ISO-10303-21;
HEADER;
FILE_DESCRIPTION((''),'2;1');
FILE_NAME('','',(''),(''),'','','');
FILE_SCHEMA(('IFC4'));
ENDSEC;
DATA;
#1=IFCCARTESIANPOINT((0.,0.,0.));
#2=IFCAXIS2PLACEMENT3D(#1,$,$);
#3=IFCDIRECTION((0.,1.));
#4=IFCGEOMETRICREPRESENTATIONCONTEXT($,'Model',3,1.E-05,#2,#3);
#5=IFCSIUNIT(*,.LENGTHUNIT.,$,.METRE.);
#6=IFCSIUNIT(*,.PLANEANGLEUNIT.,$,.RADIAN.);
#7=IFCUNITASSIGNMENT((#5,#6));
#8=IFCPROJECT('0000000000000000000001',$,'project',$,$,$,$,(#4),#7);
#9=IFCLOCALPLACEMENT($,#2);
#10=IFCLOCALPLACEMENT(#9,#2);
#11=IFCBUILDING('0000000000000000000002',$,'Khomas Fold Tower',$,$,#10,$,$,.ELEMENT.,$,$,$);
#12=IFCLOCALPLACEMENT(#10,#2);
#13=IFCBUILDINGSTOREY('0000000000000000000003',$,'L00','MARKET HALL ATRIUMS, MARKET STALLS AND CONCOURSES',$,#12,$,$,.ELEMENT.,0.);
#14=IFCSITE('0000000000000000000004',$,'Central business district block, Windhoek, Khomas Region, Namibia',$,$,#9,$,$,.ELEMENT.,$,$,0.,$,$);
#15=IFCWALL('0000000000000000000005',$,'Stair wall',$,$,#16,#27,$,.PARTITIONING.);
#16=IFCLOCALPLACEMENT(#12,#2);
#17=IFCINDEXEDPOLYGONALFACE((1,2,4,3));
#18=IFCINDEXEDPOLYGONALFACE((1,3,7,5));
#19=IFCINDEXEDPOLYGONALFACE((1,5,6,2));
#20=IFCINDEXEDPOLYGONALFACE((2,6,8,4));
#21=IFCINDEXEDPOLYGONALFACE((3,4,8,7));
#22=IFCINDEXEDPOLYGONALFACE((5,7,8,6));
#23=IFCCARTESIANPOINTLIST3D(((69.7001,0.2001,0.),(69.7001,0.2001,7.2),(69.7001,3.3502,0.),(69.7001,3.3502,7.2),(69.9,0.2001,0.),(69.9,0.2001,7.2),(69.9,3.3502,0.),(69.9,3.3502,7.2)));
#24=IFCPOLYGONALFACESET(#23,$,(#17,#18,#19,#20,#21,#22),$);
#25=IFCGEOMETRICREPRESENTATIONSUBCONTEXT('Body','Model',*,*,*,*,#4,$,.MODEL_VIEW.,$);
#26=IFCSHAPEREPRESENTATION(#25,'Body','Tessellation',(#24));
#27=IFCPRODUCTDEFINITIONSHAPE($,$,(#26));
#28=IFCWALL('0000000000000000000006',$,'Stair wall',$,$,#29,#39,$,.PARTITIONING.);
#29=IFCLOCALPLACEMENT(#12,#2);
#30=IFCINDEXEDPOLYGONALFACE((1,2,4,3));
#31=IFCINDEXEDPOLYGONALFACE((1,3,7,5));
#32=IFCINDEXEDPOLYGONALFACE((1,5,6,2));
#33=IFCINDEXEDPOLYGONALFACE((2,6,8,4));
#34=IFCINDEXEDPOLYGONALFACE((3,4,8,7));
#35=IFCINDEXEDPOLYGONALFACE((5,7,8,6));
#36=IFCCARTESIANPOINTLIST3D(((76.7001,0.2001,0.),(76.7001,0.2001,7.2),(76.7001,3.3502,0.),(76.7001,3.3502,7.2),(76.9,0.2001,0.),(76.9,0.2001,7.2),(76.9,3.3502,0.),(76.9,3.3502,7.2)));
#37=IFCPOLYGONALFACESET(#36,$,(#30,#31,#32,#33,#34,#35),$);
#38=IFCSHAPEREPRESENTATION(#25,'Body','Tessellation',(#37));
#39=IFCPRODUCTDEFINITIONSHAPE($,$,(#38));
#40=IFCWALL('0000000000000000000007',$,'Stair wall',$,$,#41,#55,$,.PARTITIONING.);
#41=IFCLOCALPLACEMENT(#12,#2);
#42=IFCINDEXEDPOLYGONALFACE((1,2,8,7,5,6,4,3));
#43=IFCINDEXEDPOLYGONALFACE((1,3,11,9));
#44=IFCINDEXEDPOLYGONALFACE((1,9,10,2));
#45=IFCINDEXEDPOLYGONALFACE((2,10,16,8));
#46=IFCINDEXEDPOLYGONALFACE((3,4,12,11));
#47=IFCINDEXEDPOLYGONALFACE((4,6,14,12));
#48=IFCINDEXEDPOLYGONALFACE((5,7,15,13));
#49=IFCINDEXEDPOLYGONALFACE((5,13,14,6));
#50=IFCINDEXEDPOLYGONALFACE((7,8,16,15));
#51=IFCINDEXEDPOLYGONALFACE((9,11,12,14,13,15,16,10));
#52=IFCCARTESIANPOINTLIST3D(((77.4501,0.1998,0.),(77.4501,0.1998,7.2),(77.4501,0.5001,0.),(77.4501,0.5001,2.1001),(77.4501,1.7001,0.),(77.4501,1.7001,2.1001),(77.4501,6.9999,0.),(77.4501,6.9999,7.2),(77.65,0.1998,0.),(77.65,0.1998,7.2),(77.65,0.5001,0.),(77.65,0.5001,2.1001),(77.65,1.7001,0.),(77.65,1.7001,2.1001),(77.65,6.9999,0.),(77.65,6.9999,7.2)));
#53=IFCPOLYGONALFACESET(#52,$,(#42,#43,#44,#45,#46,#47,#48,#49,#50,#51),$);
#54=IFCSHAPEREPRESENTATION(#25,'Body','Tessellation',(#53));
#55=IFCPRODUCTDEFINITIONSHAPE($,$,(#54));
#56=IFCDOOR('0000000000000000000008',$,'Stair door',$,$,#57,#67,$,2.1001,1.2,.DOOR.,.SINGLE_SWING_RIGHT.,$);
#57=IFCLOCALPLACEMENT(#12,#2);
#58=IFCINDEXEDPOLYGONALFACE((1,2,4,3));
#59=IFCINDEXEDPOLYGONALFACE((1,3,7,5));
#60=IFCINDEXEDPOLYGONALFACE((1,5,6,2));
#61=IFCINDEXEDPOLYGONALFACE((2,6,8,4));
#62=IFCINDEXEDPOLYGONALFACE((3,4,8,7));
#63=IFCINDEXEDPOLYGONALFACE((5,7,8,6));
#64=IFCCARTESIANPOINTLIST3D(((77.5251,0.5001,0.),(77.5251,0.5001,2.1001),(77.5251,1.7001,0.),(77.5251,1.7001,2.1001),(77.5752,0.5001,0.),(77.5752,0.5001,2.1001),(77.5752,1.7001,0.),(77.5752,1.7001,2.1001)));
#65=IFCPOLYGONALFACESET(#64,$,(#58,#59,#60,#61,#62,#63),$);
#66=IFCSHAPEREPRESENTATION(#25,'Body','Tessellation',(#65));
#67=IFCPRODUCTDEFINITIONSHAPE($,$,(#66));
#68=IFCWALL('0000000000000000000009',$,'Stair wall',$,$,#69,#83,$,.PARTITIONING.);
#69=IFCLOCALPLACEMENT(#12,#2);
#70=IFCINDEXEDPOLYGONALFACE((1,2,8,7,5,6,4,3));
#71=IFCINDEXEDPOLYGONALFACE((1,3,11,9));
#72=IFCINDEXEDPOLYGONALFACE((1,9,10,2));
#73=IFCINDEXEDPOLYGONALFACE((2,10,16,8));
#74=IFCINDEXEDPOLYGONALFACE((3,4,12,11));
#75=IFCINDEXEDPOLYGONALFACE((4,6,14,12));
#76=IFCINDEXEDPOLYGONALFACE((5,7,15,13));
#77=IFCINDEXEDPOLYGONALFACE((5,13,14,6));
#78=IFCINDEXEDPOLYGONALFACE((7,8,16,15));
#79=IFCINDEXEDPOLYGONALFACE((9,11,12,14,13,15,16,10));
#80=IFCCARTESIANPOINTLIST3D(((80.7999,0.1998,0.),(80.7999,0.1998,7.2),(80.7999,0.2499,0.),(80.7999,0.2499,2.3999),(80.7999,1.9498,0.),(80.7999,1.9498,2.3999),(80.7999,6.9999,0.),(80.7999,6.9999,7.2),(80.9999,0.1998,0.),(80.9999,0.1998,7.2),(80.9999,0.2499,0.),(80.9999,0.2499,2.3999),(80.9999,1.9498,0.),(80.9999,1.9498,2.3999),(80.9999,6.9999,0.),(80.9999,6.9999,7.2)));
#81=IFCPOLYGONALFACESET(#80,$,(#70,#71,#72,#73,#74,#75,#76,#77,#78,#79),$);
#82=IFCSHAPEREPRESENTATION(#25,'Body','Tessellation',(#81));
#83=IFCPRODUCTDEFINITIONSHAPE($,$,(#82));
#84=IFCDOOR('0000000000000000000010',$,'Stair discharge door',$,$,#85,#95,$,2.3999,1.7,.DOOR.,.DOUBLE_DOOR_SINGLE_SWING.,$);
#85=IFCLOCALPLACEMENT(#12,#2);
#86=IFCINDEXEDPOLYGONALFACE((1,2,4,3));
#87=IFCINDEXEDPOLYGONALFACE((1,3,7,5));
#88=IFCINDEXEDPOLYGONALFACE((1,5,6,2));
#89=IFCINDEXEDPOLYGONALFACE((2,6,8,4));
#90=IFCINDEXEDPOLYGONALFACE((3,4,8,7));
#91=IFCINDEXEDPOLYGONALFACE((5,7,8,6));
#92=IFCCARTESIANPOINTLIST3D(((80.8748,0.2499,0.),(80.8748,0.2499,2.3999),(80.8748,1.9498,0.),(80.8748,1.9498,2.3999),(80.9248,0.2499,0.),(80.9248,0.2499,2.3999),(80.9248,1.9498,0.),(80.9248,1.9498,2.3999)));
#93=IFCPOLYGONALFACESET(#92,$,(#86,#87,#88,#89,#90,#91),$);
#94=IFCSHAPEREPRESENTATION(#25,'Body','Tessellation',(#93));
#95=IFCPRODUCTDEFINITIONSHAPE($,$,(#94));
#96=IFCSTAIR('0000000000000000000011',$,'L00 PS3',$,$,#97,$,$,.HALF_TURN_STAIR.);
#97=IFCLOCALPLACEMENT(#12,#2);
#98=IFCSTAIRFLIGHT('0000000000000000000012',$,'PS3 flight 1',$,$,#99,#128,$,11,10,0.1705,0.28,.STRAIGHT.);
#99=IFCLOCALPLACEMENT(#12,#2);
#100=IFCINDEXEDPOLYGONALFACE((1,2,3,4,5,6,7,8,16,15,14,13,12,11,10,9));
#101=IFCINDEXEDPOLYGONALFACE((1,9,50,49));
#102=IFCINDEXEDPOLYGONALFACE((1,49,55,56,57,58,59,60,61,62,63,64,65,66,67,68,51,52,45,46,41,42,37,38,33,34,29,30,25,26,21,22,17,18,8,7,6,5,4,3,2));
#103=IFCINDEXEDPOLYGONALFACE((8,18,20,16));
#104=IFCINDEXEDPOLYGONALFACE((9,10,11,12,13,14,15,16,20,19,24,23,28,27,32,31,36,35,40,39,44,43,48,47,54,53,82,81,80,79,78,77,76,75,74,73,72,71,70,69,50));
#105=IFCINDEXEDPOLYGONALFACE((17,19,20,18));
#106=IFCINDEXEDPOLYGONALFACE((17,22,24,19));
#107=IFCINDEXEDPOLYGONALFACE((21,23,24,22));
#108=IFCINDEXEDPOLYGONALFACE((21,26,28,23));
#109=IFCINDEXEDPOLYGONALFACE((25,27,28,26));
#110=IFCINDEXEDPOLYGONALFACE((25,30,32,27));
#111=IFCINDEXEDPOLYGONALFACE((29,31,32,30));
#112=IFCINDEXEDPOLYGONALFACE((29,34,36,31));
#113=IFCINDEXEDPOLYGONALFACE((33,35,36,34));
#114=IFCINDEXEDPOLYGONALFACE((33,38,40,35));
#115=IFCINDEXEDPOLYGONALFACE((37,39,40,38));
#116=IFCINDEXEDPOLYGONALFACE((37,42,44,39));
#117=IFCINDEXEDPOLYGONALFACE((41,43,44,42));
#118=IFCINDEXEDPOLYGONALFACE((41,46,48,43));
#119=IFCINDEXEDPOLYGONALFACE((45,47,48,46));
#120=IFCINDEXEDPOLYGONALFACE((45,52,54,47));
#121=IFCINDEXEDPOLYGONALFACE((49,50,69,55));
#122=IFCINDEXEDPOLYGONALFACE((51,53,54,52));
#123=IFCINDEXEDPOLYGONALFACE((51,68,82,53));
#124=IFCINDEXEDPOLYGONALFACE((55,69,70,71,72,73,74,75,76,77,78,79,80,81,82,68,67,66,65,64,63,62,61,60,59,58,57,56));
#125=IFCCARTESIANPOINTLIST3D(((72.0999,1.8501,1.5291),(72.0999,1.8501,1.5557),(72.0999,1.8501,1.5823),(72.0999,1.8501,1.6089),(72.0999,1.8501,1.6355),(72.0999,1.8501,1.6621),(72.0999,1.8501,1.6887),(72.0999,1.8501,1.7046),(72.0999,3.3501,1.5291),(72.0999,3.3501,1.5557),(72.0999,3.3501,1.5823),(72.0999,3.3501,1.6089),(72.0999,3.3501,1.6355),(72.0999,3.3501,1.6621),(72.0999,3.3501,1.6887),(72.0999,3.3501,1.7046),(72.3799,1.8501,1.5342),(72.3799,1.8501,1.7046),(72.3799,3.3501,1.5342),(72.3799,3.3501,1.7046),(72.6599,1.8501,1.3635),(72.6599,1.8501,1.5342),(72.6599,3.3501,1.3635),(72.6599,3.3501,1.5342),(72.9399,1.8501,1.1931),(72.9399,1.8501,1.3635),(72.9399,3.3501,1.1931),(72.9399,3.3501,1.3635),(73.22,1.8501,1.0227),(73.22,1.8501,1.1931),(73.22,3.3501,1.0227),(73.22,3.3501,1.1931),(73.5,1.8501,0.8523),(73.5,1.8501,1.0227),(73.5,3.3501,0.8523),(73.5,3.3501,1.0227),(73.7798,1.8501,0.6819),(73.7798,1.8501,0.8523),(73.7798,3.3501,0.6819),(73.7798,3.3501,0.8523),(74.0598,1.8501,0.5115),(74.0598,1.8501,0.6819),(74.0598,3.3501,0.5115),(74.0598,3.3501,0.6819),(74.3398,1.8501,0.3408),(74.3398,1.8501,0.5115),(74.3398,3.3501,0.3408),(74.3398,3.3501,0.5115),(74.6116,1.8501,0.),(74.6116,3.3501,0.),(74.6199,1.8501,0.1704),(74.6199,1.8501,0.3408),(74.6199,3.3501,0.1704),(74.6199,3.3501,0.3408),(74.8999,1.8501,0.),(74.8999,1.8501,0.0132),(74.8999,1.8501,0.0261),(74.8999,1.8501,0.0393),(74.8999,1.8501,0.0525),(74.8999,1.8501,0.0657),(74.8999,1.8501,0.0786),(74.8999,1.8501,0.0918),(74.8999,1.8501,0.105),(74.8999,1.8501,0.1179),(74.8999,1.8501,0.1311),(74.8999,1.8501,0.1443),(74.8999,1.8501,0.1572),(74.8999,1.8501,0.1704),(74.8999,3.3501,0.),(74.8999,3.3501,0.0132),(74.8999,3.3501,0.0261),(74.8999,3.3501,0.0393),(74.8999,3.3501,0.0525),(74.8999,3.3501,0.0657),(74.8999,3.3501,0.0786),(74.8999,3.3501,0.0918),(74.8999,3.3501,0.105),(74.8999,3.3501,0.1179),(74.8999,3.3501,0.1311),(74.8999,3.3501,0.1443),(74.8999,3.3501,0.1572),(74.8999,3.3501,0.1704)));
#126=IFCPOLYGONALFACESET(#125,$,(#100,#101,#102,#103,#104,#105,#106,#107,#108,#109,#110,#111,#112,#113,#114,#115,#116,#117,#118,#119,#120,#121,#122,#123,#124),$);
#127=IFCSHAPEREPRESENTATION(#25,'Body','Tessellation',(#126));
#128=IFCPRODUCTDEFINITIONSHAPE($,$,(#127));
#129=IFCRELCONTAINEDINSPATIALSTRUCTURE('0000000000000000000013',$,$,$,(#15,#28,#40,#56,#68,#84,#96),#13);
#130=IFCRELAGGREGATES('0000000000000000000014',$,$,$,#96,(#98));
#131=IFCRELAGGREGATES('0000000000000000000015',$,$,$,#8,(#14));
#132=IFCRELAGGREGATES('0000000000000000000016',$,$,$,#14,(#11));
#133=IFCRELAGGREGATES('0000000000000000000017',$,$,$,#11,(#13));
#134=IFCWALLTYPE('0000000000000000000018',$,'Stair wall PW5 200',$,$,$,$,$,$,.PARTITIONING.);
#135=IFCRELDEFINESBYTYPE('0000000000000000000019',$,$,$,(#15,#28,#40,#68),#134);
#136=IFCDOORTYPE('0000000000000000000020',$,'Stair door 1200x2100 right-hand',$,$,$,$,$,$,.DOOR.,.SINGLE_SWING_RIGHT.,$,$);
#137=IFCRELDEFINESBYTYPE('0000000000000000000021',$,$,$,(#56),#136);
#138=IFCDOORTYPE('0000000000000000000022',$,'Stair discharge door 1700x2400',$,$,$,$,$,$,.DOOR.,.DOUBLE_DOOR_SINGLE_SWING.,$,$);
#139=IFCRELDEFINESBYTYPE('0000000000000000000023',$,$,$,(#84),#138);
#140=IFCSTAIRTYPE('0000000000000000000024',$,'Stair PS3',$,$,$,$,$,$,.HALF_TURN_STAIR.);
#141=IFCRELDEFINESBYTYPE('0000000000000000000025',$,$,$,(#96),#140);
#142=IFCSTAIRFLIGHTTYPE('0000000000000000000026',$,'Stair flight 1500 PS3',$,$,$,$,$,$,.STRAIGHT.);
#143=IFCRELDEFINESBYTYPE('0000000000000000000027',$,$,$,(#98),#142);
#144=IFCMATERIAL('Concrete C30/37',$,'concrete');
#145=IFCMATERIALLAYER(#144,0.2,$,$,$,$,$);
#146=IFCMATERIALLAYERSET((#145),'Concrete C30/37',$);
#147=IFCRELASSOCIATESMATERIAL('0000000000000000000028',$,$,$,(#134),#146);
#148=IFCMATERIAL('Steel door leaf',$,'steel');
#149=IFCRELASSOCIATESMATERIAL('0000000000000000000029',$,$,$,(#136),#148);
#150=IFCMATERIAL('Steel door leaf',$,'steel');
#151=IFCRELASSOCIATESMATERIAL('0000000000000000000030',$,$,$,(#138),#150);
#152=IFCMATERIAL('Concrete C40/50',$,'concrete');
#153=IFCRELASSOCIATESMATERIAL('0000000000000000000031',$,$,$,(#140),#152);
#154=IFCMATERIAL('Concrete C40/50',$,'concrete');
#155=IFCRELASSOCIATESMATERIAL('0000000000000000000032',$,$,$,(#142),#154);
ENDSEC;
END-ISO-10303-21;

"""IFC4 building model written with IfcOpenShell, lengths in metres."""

from ifc_helpers import new_model, si_unit, direction, frame, frame_2d, origin, place, context, subcontext, project, spatial, polyline, rectangle, outline, extrude, source, transform, mapped, material, layer, layer_set, type_object, element, fill, aggregate, save


model = new_model("IFC4")

# Units and contexts
model_context = context("Model", 3, precision=1e-05, world=origin(), true_north=direction((0.0, 1.0)))
body_context = subcontext(model_context, "Body", "Model", "MODEL_VIEW")
ifc_project = project(units=[si_unit("LENGTHUNIT", "METRE"), si_unit("PLANEANGLEUNIT", "RADIAN")], contexts=[model_context])

# Site, building, storey
site_placement = place(None, origin())
site = spatial("IfcSite", under=ifc_project, at=site_placement, Name="Central business district block, Windhoek, Khomas Region, Namibia", CompositionType="ELEMENT", RefElevation=0.0)
building_placement = place(site_placement, origin())
building = spatial("IfcBuilding", under=site, at=building_placement, Name="Khomas Fold Tower", CompositionType="ELEMENT")
storey_placement = place(building_placement, origin())
storey = spatial("IfcBuildingStorey", under=building, at=storey_placement, Name="L00", Description="MARKET HALL ATRIUMS, MARKET STALLS AND CONCOURSES", CompositionType="ELEMENT", Elevation=0.0)

# Walls
ifc_material_1 = material(Name="Concrete C30/37", Category="concrete")
ifc_layer = layer(ifc_material_1, 0.2)
ifc_layer_set = layer_set([ifc_layer], Name="Concrete C30/37")
wall_type = type_object("IfcWallType", Name="Stair wall PW5 200", PredefinedType="PARTITIONING", material=ifc_layer_set)
shared_shape_1 = source(origin(), body_context, "Body", "SweptSolid", [
    extrude(rectangle(XDim=3.1501, YDim=0.2, at=frame_2d((1.5752, 0.0))), origin(), (0.0, 0.0, 1.0), 7.2),
])
for number, where, z_axis, x_axis, name in (
    (1, (69.8, 0.2, 0.0), (0.0, 0.0, 1.0), (0.0, 1.0, 0.0), "Stair wall"),
    (2, (76.8, 0.2, 0.0), (0.0, 0.0, 1.0), (0.0, 1.0, 0.0), "Stair wall"),
):
    element("IfcWall", number, at=place(storey_placement, frame(where, z_axis=z_axis, x_axis=x_axis)), inside=storey, type_object=wall_type, Name=name, PredefinedType="PARTITIONING", context=body_context, shape_type="MappedRepresentation", body=[
        mapped(shared_shape_1, transform((0.0, 0.0, 0.0))),
    ])

# Walls, openings, doors
shared_shape_2 = source(origin(), body_context, "Body", "SweptSolid", [
    extrude(rectangle(XDim=6.8, YDim=0.2, at=frame_2d((3.3999, 0.0))), origin(), (0.0, 0.0, 1.0), 7.2),
])
wall_1_placement = place(storey_placement, frame((77.55, 0.2, 0.0), z_axis=(0.0, 0.0, 1.0), x_axis=(0.0, 1.0, 0.0)))
wall_1 = element("IfcWall", 3, at=wall_1_placement, inside=storey, type_object=wall_type, Name="Stair wall", PredefinedType="PARTITIONING", context=body_context, shape_type="MappedRepresentation", body=[
    mapped(shared_shape_2, transform((0.0, 0.0, 0.0))),
])
shared_shape_3 = source(origin(), body_context, "Body", "SweptSolid", [
    extrude(rectangle(XDim=1.2, YDim=2.1001, at=frame_2d((0.6001, 1.05))), frame((0.0, 0.1099, 0.0), z_axis=(0.0, -1.0, 0.0), x_axis=(1.0, 0.0, 0.0)), (0.0, 0.0, 1.0), 0.22),
])
opening_1_placement = place(wall_1_placement, frame((0.3, 0.0, 0.0)))
opening_1 = element("IfcOpeningElement", 4, at=opening_1_placement, cuts=wall_1, PredefinedType="OPENING", context=body_context, shape_type="MappedRepresentation", body=[
    mapped(shared_shape_3, transform((0.0, 0.0, 0.0))),
])
ifc_material_2 = material(Name="Steel door leaf", Category="steel")
door_type_1 = type_object("IfcDoorType", Name="Stair door 1200x2100 right-hand", OperationType="SINGLE_SWING_RIGHT", PredefinedType="DOOR", material=ifc_material_2)
shared_shape_4 = source(origin(), body_context, "Body", "SweptSolid", [
    extrude(rectangle(XDim=1.2, YDim=2.1001, at=frame_2d((0.6001, 1.05))), frame((0.0, 0.0249, 0.0), z_axis=(0.0, -1.0, 0.0), x_axis=(1.0, 0.0, 0.0)), (0.0, 0.0, 1.0), 0.05),
])
door_1_placement = place(opening_1_placement, origin())
door_1 = element("IfcDoor", 5, at=door_1_placement, inside=storey, type_object=door_type_1, Name="Stair door", OperationType="SINGLE_SWING_RIGHT", OverallHeight=2.1001, OverallWidth=1.2, PredefinedType="DOOR", context=body_context, shape_type="MappedRepresentation", body=[
    mapped(shared_shape_4, transform((0.0, 0.0, 0.0))),
])
fill(opening_1, door_1)
wall_2_placement = place(storey_placement, frame((80.8999, 0.2, 0.0), z_axis=(0.0, 0.0, 1.0), x_axis=(0.0, 1.0, 0.0)))
wall_2 = element("IfcWall", 6, at=wall_2_placement, inside=storey, type_object=wall_type, Name="Stair wall", PredefinedType="PARTITIONING", context=body_context, shape_type="MappedRepresentation", body=[
    mapped(shared_shape_2, transform((0.0, 0.0, 0.0))),
])
shared_shape_5 = source(origin(), body_context, "Body", "SweptSolid", [
    extrude(rectangle(XDim=1.7, YDim=2.3999, at=frame_2d((0.8501, 1.2))), frame((0.0, 0.1099, 0.0), z_axis=(0.0, -1.0, 0.0), x_axis=(1.0, 0.0, 0.0)), (0.0, 0.0, 1.0), 0.22),
])
opening_2_placement = place(wall_2_placement, frame((1.75, 0.0, 0.0), z_axis=(0.0, 0.0, 1.0), x_axis=(-1.0, 0.0, 0.0)))
opening_2 = element("IfcOpeningElement", 7, at=opening_2_placement, cuts=wall_2, PredefinedType="OPENING", context=body_context, shape_type="MappedRepresentation", body=[
    mapped(shared_shape_5, transform((0.0, 0.0, 0.0))),
])
ifc_material_3 = material(Name="Steel door leaf", Category="steel")
door_type_2 = type_object("IfcDoorType", Name="Stair discharge door 1700x2400", OperationType="DOUBLE_DOOR_SINGLE_SWING", PredefinedType="DOOR", material=ifc_material_3)
shared_shape_6 = source(origin(), body_context, "Body", "SweptSolid", [
    extrude(rectangle(XDim=1.7, YDim=2.3999, at=frame_2d((0.8501, 1.2))), frame((0.0, 0.0249, 0.0), z_axis=(0.0, -1.0, 0.0), x_axis=(1.0, 0.0, 0.0)), (0.0, 0.0, 1.0), 0.05),
])
door_2_placement = place(opening_2_placement, origin())
door_2 = element("IfcDoor", 8, at=door_2_placement, inside=storey, type_object=door_type_2, Name="Stair discharge door", OperationType="DOUBLE_DOOR_SINGLE_SWING", OverallHeight=2.3999, OverallWidth=1.7, PredefinedType="DOOR", context=body_context, shape_type="MappedRepresentation", body=[
    mapped(shared_shape_6, transform((0.0, 0.0, 0.0))),
])
fill(opening_2, door_2)

# Stair, stair flight
ifc_material_4 = material(Name="Concrete C40/50", Category="concrete")
stair_type_1 = type_object("IfcStairType", Name="Stair PS3", PredefinedType="HALF_TURN_STAIR", material=ifc_material_4)
stair_1_placement = place(storey_placement, origin())
stair_1 = element("IfcStair", 9, at=stair_1_placement, inside=storey, type_object=stair_type_1, Name="L00 PS3", PredefinedType="HALF_TURN_STAIR")
ifc_material_5 = material(Name="Concrete C40/50", Category="concrete")
stair_flight_type_1 = type_object("IfcStairFlightType", Name="Stair flight 1500 PS3", PredefinedType="STRAIGHT", material=ifc_material_5)
shared_shape_7 = source(origin(), body_context, "Body", "SweptSolid", [
    extrude(outline(polyline([(0.0, 0.0), (0.0, 0.0132), (0.0, 0.0261), (0.0, 0.0393), (0.0, 0.0525), (0.0, 0.0657), (0.0, 0.0786), (0.0, 0.0918), (0.0, 0.105), (0.0, 0.1179), (0.0, 0.1311), (0.0, 0.1443), (0.0, 0.1572), (0.0, 0.1704), (0.28, 0.1704), (0.28, 0.3408), (0.5601, 0.3408), (0.5601, 0.5115), (0.8401, 0.5115), (0.8401, 0.6819), (1.1201, 0.6819), (1.1201, 0.8523), (1.3999, 0.8523), (1.3999, 1.0227), (1.6799, 1.0227), (1.6799, 1.1931), (1.96, 1.1931), (1.96, 1.3635), (2.24, 1.3635), (2.24, 1.5342), (2.52, 1.5342), (2.52, 1.7046), (2.8, 1.7046), (2.8, 1.875), (2.8, 1.8484), (2.8, 1.8218), (2.8, 1.7952), (2.8, 1.7686), (2.8, 1.7419), (2.8, 1.7153), (2.8, 1.6887), (2.8, 1.6621), (2.8, 1.6355), (2.8, 1.6089), (2.8, 1.5823), (2.8, 1.5557), (2.8, 1.5291), (0.2883, 0.0), (0.0, 0.0)])), frame((0.0, 0.75, 0.0), z_axis=(0.0, -1.0, 0.0), x_axis=(1.0, 0.0, 0.0)), (0.0, 0.0, 1.0), 1.5),
])
stair_flight_1_placement = place(storey_placement, frame((74.8999, 2.6001, 0.0), z_axis=(0.0, 0.0, 1.0), x_axis=(-1.0, 0.0, 0.0)))
stair_flight_1 = element("IfcStairFlight", 10, at=stair_flight_1_placement, type_object=stair_flight_type_1, Name="PS3 flight 1", NumberOfRisers=11, NumberOfTreads=10, PredefinedType="STRAIGHT", RiserHeight=0.1705, TreadLength=0.28, context=body_context, shape_type="MappedRepresentation", body=[
    mapped(shared_shape_7, transform((0.0, 0.0, 0.0))),
])
aggregate(stair_1, [stair_flight_1])

save(model, "model.ifc")
